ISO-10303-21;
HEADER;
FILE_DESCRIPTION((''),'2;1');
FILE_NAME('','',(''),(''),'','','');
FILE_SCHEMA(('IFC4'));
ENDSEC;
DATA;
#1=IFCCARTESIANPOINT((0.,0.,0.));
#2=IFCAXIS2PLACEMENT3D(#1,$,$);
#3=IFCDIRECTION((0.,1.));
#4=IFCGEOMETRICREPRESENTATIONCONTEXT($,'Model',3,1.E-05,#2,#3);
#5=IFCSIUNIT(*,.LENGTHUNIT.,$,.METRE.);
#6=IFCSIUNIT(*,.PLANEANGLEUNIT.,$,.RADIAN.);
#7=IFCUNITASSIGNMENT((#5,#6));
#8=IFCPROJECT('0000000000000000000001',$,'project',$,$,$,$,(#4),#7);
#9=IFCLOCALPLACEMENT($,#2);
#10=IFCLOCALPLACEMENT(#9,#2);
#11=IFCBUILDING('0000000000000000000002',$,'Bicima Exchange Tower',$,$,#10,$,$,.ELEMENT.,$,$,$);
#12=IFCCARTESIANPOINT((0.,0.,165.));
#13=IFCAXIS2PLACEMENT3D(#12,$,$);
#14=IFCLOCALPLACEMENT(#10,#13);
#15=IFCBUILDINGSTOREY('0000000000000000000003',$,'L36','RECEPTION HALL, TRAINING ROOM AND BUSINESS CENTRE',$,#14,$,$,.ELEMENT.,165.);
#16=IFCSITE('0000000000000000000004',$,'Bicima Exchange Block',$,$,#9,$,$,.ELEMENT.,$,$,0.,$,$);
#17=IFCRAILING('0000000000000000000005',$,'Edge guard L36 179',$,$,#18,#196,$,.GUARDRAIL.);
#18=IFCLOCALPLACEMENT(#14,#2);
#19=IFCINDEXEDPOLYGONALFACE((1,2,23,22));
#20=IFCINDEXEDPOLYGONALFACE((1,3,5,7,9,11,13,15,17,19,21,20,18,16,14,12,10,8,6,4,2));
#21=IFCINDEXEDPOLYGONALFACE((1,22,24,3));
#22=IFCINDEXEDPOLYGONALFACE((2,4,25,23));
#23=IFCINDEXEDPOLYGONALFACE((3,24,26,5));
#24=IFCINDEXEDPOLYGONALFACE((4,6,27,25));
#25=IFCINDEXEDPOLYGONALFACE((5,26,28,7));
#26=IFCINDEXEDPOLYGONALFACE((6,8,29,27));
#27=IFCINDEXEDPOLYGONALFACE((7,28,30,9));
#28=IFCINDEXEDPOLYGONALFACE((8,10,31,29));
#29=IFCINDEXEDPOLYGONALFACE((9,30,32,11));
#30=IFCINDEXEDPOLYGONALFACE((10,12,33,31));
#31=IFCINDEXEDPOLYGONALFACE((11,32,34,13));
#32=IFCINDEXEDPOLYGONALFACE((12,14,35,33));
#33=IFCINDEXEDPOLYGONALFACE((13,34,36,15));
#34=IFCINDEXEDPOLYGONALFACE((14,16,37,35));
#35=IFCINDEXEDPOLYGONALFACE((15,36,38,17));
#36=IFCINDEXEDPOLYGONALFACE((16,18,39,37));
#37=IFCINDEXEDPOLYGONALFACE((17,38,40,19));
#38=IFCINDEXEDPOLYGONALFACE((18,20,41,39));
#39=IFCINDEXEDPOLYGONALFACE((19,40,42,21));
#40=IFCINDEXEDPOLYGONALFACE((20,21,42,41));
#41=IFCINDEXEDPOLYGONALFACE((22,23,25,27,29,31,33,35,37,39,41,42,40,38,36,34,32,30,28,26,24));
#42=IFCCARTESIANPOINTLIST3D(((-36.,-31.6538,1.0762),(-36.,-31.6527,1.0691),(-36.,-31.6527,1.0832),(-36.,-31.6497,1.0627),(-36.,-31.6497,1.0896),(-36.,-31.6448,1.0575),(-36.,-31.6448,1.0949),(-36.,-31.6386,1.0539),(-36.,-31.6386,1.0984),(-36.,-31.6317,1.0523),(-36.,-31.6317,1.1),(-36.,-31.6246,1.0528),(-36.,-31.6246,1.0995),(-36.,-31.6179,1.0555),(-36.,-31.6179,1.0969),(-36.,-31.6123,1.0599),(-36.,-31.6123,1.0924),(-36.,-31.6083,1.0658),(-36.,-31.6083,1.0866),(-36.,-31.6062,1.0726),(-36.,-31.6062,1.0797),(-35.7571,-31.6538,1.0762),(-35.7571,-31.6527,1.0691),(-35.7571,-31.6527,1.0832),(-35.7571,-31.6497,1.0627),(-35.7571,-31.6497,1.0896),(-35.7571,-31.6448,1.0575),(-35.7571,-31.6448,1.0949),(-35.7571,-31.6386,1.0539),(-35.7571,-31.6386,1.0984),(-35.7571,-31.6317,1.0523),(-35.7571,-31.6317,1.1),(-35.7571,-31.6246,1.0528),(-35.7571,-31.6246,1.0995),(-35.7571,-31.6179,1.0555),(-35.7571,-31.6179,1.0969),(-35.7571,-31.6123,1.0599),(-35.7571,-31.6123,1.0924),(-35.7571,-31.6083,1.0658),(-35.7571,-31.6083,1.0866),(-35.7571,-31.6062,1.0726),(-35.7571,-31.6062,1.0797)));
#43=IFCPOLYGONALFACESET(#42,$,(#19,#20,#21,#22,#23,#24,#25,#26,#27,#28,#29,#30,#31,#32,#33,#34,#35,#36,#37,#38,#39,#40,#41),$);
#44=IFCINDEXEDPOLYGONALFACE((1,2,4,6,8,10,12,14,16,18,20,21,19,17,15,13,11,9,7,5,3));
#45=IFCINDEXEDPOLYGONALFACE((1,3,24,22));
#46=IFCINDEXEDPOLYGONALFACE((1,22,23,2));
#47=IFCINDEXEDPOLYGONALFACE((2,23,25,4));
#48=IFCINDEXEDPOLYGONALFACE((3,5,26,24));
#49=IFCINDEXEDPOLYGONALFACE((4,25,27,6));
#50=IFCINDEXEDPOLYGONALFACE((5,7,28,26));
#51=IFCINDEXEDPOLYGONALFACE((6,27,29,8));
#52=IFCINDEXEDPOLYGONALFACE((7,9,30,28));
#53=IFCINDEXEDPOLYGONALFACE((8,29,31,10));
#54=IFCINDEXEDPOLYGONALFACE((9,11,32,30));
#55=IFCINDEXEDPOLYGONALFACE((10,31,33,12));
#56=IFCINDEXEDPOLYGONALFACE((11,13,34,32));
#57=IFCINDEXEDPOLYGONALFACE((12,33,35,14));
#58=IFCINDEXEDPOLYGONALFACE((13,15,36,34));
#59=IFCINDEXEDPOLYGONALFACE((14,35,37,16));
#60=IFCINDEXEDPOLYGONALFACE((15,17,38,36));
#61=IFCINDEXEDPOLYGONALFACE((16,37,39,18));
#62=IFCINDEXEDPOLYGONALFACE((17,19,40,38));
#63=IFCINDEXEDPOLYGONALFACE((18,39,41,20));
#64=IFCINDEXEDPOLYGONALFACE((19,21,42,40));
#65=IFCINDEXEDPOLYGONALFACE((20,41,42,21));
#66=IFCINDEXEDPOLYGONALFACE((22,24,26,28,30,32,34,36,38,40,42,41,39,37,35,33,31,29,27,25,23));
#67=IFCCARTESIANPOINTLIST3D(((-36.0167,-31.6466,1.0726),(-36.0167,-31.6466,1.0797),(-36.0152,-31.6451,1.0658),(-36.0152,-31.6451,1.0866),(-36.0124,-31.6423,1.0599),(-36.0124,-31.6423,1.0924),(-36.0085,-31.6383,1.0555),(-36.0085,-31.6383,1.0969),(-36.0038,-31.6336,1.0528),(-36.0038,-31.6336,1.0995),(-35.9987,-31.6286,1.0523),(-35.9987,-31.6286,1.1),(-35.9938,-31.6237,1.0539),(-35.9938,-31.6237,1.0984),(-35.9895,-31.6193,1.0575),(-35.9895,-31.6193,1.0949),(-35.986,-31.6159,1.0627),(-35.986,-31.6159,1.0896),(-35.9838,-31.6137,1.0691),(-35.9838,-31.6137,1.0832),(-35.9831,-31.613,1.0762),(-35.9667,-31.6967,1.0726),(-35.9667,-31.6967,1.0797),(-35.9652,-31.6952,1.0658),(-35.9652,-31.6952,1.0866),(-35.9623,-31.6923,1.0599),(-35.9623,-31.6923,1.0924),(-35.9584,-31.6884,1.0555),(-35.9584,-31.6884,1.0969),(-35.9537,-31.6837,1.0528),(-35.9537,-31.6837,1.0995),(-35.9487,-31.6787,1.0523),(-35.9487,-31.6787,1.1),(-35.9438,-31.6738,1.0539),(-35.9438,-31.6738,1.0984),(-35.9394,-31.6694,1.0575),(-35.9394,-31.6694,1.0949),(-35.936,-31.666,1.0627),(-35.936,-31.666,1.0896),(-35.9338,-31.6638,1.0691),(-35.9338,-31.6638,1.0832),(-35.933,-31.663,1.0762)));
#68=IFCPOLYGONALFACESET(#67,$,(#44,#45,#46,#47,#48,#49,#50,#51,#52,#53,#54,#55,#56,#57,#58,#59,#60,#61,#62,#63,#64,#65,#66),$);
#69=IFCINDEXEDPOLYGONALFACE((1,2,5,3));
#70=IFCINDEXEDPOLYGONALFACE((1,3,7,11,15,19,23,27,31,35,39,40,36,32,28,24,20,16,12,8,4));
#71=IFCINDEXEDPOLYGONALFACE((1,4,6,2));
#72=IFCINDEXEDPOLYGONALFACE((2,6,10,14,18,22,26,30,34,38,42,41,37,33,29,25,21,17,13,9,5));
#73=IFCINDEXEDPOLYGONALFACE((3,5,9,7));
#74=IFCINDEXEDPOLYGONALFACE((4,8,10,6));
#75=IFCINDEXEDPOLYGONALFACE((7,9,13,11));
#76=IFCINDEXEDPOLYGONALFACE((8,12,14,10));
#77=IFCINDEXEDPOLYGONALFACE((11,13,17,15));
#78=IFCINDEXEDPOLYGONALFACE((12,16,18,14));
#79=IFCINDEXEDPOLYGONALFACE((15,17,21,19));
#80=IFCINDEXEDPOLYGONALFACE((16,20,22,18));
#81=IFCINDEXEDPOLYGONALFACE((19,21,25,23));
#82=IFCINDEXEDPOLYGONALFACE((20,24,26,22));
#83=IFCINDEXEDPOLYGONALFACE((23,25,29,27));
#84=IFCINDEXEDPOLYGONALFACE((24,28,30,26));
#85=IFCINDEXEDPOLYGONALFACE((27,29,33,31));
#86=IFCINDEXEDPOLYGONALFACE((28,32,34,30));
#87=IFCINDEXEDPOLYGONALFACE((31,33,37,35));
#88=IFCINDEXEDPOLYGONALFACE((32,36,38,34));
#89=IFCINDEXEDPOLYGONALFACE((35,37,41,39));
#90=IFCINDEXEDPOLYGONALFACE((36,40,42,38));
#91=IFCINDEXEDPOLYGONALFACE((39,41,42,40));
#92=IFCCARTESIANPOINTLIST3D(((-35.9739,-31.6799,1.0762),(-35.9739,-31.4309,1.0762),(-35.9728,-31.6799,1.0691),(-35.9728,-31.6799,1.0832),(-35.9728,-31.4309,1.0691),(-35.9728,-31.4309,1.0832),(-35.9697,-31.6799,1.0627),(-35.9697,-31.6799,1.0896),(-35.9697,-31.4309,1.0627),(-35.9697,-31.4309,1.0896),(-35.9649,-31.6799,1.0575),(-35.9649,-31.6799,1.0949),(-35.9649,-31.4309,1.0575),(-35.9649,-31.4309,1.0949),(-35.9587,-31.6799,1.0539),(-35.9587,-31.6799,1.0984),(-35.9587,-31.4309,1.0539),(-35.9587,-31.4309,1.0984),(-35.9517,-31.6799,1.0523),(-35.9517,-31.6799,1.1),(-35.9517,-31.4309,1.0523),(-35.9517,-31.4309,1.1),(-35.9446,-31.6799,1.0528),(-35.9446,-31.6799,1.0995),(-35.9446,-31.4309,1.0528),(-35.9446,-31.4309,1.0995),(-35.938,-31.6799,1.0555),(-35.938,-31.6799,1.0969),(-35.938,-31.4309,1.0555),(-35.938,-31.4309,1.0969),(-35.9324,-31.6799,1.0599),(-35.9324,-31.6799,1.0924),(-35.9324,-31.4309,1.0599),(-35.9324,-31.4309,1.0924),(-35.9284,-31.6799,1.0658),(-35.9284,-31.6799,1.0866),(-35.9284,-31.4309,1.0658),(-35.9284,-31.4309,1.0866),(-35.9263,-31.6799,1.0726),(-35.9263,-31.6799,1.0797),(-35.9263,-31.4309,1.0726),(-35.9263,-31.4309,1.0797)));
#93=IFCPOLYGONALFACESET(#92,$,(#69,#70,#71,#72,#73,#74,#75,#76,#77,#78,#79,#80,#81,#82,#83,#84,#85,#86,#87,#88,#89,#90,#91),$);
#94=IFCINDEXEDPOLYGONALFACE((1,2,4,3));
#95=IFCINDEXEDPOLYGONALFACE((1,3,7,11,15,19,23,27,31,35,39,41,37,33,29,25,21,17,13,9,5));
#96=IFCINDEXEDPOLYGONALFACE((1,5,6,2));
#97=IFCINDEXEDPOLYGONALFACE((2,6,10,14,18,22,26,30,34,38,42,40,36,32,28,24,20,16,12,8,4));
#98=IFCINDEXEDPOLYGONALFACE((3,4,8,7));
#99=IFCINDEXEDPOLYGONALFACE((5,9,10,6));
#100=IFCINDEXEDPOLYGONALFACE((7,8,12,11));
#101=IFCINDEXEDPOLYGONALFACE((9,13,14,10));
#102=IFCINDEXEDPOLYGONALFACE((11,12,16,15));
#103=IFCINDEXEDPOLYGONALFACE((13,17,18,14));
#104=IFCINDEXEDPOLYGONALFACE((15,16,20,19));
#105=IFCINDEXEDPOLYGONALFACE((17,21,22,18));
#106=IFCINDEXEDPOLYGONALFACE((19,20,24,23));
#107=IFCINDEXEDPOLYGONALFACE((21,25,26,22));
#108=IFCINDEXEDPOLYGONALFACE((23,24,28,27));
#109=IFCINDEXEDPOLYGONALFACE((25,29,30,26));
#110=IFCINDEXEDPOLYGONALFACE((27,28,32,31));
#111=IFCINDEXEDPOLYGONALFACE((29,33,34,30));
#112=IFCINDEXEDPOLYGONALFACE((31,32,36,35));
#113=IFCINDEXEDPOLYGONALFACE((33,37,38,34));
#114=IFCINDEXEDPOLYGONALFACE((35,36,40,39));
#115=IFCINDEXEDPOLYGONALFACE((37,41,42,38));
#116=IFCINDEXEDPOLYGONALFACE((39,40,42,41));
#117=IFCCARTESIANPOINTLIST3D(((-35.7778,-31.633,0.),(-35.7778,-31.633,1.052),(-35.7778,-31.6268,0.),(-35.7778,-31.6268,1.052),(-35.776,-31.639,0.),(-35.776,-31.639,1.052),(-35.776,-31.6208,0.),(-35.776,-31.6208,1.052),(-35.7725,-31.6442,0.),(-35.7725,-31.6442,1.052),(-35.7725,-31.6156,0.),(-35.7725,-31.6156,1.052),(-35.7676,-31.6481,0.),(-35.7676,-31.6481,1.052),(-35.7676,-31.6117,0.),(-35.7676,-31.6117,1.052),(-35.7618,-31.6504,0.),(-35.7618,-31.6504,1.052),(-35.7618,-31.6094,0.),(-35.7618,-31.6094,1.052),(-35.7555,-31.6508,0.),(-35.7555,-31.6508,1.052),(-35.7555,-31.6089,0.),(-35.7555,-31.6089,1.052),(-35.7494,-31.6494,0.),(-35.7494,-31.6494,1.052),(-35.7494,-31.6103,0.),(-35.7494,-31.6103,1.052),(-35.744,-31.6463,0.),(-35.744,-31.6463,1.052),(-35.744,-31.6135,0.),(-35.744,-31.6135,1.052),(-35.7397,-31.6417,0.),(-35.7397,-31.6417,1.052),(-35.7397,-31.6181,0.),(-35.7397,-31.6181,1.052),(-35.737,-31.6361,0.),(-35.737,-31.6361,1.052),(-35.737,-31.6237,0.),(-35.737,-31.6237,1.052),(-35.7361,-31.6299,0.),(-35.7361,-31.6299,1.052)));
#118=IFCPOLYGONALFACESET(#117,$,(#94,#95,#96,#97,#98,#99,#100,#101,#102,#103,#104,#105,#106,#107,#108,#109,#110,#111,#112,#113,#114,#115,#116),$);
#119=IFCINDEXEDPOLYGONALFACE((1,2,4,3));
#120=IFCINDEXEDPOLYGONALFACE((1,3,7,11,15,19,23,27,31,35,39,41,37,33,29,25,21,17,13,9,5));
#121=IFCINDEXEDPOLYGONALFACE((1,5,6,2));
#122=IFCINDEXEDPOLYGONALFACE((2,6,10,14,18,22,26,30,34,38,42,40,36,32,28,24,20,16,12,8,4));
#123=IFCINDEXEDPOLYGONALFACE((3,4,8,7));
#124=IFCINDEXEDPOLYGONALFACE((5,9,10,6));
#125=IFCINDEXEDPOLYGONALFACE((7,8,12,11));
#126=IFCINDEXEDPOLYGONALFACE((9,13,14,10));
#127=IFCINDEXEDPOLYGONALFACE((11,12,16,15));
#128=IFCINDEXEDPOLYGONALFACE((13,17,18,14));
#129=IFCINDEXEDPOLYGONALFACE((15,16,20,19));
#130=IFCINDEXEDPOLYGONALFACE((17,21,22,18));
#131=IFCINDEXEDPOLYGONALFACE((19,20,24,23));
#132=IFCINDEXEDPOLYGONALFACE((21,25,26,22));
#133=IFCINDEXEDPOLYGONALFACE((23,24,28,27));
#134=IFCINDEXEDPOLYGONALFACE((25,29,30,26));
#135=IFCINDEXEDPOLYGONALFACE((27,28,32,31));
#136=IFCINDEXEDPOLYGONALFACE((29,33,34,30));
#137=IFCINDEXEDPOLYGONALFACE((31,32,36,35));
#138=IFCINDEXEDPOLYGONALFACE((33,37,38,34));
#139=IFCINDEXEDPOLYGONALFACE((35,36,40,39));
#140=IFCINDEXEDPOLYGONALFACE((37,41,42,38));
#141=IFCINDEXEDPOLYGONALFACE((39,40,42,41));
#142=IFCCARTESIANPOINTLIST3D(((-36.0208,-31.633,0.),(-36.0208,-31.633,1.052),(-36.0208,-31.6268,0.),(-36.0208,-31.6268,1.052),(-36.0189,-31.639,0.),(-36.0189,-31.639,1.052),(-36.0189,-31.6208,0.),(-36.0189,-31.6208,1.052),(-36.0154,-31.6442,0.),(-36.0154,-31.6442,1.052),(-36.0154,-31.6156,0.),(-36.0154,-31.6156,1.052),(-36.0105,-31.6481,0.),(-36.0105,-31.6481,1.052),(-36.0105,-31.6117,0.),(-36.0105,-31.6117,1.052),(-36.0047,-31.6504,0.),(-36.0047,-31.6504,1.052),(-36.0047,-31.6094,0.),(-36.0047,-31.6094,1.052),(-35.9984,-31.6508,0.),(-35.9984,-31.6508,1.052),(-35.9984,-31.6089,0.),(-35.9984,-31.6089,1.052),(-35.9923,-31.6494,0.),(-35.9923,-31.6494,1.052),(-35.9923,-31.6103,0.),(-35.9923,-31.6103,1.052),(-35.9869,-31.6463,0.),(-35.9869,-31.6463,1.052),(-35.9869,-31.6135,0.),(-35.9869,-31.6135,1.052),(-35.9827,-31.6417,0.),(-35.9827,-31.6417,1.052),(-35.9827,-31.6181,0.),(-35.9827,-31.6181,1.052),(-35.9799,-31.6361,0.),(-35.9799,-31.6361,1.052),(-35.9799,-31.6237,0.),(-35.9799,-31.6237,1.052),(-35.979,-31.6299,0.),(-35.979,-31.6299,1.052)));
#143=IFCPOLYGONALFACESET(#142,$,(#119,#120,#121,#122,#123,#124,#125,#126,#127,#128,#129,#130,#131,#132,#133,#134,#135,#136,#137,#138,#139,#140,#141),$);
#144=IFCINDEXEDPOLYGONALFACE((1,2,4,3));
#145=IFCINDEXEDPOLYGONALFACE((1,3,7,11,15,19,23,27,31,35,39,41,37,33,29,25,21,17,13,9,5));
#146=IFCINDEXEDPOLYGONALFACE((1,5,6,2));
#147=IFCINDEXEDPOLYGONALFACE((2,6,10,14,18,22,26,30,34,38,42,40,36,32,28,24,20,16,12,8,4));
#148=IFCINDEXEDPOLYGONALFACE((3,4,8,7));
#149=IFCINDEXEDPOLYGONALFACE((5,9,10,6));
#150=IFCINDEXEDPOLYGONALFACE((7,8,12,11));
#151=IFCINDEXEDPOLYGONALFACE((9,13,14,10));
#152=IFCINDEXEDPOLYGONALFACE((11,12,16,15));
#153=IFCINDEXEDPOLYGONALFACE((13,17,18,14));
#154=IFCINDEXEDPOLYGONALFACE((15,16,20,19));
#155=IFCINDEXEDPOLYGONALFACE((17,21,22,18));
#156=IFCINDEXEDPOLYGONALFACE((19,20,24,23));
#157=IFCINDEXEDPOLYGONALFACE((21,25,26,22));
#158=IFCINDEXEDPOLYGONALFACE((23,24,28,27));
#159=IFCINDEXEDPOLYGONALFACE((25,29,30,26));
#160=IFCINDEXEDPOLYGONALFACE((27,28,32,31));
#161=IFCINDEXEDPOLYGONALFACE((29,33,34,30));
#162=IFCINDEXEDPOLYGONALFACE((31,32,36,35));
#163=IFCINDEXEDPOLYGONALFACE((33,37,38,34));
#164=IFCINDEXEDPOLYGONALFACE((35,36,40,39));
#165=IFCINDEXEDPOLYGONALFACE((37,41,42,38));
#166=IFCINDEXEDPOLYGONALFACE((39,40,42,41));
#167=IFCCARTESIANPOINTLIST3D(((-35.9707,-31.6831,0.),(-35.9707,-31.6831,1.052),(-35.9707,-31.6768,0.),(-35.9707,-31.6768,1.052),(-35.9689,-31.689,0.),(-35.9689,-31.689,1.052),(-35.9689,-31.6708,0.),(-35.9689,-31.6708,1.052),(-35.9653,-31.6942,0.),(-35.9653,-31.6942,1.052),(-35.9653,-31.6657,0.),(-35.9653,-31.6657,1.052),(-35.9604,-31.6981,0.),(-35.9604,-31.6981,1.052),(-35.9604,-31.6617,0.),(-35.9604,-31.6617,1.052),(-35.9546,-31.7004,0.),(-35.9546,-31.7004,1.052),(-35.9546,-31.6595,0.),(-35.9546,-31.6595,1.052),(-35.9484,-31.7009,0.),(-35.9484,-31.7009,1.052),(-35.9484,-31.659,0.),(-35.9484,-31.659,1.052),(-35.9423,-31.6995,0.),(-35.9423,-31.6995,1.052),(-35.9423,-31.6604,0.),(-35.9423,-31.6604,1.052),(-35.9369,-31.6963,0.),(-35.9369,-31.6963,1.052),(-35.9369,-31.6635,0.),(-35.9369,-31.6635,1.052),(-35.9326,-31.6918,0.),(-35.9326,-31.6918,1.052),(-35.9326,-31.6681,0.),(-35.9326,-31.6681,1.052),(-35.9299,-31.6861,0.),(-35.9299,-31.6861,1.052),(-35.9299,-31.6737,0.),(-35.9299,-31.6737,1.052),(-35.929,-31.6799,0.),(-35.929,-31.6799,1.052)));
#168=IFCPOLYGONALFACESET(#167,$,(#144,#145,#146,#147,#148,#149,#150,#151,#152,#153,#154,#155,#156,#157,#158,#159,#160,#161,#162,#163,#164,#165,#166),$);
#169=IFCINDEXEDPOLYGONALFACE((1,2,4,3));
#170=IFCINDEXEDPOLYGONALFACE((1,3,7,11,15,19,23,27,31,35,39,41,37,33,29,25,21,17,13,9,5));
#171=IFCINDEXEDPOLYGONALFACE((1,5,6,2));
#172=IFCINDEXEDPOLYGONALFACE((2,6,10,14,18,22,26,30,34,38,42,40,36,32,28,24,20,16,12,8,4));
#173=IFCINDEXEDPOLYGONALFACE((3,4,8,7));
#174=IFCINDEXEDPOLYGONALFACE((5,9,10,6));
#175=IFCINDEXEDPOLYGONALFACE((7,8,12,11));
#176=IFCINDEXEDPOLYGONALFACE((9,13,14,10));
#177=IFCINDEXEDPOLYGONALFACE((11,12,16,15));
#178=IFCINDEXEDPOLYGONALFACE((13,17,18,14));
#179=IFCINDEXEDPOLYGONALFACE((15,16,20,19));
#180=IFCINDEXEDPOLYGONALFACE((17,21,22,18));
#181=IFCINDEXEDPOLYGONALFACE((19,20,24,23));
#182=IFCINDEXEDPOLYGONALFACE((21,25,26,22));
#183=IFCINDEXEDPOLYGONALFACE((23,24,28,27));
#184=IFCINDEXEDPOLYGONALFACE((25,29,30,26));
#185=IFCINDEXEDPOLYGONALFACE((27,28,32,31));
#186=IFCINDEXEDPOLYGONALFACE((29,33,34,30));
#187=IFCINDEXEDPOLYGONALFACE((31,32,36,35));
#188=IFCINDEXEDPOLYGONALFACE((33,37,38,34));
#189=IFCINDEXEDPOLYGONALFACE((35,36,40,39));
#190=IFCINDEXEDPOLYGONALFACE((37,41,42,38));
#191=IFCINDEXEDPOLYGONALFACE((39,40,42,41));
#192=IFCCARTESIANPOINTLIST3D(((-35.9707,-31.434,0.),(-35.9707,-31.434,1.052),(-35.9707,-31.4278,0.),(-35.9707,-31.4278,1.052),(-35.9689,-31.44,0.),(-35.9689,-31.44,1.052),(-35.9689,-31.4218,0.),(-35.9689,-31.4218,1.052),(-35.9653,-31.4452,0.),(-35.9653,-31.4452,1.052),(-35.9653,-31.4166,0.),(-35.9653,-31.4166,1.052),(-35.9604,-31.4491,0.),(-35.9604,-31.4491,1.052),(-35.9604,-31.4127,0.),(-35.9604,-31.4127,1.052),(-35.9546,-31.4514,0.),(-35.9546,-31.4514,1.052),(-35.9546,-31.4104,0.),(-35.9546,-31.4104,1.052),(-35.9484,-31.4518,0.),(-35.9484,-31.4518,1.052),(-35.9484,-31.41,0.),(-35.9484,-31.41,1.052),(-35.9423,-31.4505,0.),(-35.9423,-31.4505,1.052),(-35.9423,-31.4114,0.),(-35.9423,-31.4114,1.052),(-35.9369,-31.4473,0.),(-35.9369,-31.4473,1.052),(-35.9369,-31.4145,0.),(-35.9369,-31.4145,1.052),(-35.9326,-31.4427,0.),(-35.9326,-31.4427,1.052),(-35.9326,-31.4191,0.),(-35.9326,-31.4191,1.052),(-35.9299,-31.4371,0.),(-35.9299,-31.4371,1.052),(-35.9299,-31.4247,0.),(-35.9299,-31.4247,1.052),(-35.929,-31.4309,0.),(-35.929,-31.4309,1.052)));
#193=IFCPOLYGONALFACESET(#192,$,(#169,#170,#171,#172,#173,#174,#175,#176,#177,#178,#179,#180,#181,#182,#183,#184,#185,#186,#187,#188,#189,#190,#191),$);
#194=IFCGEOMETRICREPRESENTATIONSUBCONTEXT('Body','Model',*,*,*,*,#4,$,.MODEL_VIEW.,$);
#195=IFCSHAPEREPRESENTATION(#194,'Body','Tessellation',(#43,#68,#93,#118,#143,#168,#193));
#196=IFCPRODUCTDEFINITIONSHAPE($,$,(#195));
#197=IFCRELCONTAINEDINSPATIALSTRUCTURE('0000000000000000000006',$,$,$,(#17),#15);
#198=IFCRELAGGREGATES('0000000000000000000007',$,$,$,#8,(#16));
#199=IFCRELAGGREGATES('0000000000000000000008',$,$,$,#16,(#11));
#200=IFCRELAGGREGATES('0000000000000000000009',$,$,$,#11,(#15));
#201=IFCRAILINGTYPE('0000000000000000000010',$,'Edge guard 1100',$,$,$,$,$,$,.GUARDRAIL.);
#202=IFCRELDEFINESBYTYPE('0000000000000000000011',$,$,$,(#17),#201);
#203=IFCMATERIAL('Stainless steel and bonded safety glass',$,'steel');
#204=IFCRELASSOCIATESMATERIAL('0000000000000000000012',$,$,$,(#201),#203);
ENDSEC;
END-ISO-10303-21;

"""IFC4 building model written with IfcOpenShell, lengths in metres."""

from ifc_helpers import new_model, si_unit, direction, frame, origin, origin_2d, place, context, subcontext, project, spatial, circle, extrude, material, type_object, element, save


model = new_model("IFC4")

# Units and contexts
model_context = context("Model", 3, precision=1e-05, world=origin(), true_north=direction((0.0, 1.0)))
body_context = subcontext(model_context, "Body", "Model", "MODEL_VIEW")
ifc_project = project(units=[si_unit("LENGTHUNIT", "METRE"), si_unit("PLANEANGLEUNIT", "RADIAN")], contexts=[model_context])

# Site, building, storey
site_placement = place(None, origin())
site = spatial("IfcSite", under=ifc_project, at=site_placement, Name="Bicima Exchange Block", CompositionType="ELEMENT", RefElevation=0.0)
building_placement = place(site_placement, origin())
building = spatial("IfcBuilding", under=site, at=building_placement, Name="Bicima Exchange Tower", CompositionType="ELEMENT")
storey_placement = place(building_placement, frame((0.0, 0.0, 165.0)))
storey = spatial("IfcBuildingStorey", under=building, at=storey_placement, Name="L36", Description="RECEPTION HALL, TRAINING ROOM AND BUSINESS CENTRE", CompositionType="ELEMENT", Elevation=165.0)

# Railing
ifc_material_1 = material(Name="Stainless steel and bonded safety glass", Category="steel")
railing_type = type_object("IfcRailingType", Name="Edge guard 1100", PredefinedType="GUARDRAIL", material=ifc_material_1)
railing_1_placement = place(storey_placement, frame((-35.7571, -31.6299, 0.0)))
element("IfcRailing", 1, at=railing_1_placement, inside=storey, type_object=railing_type, Name="Edge guard L36 179", PredefinedType="GUARDRAIL", context=body_context, shape_type="SweptSolid", body=[
    extrude(circle(Radius=0.0239, at=origin_2d()), frame((0.0, 0.0, 1.0762), z_axis=(-1.0, 0.0, 0.0), x_axis=(0.0, -1.0, 0.0)), (0.0, 0.0, 1.0), 0.2429),
    extrude(circle(Radius=0.0239, at=origin_2d()), frame((-0.2429, 0.0, 1.0762), z_axis=(0.707107, -0.707107, 0.0), x_axis=(0.707107, 0.707107, 0.0)), (0.0, 0.0, 1.0), 0.0708),
    extrude(circle(Radius=0.0239, at=origin_2d()), frame((-0.1929, -0.05, 1.0762), z_axis=(0.0, 1.0, 0.0), x_axis=(-1.0, 0.0, 0.0)), (0.0, 0.0, 1.0), 0.249),
    extrude(circle(Radius=0.021, at=origin_2d()), origin(), (0.0, 0.0, 1.0), 1.052),
    extrude(circle(Radius=0.021, at=origin_2d()), frame((-0.2429, 0.0, 0.0)), (0.0, 0.0, 1.0), 1.052),
    extrude(circle(Radius=0.021, at=origin_2d()), frame((-0.1929, -0.05, 0.0)), (0.0, 0.0, 1.0), 1.052),
    extrude(circle(Radius=0.021, at=origin_2d()), frame((-0.1929, 0.199, 0.0)), (0.0, 0.0, 1.0), 1.052),
])

save(model, "model.ifc")
